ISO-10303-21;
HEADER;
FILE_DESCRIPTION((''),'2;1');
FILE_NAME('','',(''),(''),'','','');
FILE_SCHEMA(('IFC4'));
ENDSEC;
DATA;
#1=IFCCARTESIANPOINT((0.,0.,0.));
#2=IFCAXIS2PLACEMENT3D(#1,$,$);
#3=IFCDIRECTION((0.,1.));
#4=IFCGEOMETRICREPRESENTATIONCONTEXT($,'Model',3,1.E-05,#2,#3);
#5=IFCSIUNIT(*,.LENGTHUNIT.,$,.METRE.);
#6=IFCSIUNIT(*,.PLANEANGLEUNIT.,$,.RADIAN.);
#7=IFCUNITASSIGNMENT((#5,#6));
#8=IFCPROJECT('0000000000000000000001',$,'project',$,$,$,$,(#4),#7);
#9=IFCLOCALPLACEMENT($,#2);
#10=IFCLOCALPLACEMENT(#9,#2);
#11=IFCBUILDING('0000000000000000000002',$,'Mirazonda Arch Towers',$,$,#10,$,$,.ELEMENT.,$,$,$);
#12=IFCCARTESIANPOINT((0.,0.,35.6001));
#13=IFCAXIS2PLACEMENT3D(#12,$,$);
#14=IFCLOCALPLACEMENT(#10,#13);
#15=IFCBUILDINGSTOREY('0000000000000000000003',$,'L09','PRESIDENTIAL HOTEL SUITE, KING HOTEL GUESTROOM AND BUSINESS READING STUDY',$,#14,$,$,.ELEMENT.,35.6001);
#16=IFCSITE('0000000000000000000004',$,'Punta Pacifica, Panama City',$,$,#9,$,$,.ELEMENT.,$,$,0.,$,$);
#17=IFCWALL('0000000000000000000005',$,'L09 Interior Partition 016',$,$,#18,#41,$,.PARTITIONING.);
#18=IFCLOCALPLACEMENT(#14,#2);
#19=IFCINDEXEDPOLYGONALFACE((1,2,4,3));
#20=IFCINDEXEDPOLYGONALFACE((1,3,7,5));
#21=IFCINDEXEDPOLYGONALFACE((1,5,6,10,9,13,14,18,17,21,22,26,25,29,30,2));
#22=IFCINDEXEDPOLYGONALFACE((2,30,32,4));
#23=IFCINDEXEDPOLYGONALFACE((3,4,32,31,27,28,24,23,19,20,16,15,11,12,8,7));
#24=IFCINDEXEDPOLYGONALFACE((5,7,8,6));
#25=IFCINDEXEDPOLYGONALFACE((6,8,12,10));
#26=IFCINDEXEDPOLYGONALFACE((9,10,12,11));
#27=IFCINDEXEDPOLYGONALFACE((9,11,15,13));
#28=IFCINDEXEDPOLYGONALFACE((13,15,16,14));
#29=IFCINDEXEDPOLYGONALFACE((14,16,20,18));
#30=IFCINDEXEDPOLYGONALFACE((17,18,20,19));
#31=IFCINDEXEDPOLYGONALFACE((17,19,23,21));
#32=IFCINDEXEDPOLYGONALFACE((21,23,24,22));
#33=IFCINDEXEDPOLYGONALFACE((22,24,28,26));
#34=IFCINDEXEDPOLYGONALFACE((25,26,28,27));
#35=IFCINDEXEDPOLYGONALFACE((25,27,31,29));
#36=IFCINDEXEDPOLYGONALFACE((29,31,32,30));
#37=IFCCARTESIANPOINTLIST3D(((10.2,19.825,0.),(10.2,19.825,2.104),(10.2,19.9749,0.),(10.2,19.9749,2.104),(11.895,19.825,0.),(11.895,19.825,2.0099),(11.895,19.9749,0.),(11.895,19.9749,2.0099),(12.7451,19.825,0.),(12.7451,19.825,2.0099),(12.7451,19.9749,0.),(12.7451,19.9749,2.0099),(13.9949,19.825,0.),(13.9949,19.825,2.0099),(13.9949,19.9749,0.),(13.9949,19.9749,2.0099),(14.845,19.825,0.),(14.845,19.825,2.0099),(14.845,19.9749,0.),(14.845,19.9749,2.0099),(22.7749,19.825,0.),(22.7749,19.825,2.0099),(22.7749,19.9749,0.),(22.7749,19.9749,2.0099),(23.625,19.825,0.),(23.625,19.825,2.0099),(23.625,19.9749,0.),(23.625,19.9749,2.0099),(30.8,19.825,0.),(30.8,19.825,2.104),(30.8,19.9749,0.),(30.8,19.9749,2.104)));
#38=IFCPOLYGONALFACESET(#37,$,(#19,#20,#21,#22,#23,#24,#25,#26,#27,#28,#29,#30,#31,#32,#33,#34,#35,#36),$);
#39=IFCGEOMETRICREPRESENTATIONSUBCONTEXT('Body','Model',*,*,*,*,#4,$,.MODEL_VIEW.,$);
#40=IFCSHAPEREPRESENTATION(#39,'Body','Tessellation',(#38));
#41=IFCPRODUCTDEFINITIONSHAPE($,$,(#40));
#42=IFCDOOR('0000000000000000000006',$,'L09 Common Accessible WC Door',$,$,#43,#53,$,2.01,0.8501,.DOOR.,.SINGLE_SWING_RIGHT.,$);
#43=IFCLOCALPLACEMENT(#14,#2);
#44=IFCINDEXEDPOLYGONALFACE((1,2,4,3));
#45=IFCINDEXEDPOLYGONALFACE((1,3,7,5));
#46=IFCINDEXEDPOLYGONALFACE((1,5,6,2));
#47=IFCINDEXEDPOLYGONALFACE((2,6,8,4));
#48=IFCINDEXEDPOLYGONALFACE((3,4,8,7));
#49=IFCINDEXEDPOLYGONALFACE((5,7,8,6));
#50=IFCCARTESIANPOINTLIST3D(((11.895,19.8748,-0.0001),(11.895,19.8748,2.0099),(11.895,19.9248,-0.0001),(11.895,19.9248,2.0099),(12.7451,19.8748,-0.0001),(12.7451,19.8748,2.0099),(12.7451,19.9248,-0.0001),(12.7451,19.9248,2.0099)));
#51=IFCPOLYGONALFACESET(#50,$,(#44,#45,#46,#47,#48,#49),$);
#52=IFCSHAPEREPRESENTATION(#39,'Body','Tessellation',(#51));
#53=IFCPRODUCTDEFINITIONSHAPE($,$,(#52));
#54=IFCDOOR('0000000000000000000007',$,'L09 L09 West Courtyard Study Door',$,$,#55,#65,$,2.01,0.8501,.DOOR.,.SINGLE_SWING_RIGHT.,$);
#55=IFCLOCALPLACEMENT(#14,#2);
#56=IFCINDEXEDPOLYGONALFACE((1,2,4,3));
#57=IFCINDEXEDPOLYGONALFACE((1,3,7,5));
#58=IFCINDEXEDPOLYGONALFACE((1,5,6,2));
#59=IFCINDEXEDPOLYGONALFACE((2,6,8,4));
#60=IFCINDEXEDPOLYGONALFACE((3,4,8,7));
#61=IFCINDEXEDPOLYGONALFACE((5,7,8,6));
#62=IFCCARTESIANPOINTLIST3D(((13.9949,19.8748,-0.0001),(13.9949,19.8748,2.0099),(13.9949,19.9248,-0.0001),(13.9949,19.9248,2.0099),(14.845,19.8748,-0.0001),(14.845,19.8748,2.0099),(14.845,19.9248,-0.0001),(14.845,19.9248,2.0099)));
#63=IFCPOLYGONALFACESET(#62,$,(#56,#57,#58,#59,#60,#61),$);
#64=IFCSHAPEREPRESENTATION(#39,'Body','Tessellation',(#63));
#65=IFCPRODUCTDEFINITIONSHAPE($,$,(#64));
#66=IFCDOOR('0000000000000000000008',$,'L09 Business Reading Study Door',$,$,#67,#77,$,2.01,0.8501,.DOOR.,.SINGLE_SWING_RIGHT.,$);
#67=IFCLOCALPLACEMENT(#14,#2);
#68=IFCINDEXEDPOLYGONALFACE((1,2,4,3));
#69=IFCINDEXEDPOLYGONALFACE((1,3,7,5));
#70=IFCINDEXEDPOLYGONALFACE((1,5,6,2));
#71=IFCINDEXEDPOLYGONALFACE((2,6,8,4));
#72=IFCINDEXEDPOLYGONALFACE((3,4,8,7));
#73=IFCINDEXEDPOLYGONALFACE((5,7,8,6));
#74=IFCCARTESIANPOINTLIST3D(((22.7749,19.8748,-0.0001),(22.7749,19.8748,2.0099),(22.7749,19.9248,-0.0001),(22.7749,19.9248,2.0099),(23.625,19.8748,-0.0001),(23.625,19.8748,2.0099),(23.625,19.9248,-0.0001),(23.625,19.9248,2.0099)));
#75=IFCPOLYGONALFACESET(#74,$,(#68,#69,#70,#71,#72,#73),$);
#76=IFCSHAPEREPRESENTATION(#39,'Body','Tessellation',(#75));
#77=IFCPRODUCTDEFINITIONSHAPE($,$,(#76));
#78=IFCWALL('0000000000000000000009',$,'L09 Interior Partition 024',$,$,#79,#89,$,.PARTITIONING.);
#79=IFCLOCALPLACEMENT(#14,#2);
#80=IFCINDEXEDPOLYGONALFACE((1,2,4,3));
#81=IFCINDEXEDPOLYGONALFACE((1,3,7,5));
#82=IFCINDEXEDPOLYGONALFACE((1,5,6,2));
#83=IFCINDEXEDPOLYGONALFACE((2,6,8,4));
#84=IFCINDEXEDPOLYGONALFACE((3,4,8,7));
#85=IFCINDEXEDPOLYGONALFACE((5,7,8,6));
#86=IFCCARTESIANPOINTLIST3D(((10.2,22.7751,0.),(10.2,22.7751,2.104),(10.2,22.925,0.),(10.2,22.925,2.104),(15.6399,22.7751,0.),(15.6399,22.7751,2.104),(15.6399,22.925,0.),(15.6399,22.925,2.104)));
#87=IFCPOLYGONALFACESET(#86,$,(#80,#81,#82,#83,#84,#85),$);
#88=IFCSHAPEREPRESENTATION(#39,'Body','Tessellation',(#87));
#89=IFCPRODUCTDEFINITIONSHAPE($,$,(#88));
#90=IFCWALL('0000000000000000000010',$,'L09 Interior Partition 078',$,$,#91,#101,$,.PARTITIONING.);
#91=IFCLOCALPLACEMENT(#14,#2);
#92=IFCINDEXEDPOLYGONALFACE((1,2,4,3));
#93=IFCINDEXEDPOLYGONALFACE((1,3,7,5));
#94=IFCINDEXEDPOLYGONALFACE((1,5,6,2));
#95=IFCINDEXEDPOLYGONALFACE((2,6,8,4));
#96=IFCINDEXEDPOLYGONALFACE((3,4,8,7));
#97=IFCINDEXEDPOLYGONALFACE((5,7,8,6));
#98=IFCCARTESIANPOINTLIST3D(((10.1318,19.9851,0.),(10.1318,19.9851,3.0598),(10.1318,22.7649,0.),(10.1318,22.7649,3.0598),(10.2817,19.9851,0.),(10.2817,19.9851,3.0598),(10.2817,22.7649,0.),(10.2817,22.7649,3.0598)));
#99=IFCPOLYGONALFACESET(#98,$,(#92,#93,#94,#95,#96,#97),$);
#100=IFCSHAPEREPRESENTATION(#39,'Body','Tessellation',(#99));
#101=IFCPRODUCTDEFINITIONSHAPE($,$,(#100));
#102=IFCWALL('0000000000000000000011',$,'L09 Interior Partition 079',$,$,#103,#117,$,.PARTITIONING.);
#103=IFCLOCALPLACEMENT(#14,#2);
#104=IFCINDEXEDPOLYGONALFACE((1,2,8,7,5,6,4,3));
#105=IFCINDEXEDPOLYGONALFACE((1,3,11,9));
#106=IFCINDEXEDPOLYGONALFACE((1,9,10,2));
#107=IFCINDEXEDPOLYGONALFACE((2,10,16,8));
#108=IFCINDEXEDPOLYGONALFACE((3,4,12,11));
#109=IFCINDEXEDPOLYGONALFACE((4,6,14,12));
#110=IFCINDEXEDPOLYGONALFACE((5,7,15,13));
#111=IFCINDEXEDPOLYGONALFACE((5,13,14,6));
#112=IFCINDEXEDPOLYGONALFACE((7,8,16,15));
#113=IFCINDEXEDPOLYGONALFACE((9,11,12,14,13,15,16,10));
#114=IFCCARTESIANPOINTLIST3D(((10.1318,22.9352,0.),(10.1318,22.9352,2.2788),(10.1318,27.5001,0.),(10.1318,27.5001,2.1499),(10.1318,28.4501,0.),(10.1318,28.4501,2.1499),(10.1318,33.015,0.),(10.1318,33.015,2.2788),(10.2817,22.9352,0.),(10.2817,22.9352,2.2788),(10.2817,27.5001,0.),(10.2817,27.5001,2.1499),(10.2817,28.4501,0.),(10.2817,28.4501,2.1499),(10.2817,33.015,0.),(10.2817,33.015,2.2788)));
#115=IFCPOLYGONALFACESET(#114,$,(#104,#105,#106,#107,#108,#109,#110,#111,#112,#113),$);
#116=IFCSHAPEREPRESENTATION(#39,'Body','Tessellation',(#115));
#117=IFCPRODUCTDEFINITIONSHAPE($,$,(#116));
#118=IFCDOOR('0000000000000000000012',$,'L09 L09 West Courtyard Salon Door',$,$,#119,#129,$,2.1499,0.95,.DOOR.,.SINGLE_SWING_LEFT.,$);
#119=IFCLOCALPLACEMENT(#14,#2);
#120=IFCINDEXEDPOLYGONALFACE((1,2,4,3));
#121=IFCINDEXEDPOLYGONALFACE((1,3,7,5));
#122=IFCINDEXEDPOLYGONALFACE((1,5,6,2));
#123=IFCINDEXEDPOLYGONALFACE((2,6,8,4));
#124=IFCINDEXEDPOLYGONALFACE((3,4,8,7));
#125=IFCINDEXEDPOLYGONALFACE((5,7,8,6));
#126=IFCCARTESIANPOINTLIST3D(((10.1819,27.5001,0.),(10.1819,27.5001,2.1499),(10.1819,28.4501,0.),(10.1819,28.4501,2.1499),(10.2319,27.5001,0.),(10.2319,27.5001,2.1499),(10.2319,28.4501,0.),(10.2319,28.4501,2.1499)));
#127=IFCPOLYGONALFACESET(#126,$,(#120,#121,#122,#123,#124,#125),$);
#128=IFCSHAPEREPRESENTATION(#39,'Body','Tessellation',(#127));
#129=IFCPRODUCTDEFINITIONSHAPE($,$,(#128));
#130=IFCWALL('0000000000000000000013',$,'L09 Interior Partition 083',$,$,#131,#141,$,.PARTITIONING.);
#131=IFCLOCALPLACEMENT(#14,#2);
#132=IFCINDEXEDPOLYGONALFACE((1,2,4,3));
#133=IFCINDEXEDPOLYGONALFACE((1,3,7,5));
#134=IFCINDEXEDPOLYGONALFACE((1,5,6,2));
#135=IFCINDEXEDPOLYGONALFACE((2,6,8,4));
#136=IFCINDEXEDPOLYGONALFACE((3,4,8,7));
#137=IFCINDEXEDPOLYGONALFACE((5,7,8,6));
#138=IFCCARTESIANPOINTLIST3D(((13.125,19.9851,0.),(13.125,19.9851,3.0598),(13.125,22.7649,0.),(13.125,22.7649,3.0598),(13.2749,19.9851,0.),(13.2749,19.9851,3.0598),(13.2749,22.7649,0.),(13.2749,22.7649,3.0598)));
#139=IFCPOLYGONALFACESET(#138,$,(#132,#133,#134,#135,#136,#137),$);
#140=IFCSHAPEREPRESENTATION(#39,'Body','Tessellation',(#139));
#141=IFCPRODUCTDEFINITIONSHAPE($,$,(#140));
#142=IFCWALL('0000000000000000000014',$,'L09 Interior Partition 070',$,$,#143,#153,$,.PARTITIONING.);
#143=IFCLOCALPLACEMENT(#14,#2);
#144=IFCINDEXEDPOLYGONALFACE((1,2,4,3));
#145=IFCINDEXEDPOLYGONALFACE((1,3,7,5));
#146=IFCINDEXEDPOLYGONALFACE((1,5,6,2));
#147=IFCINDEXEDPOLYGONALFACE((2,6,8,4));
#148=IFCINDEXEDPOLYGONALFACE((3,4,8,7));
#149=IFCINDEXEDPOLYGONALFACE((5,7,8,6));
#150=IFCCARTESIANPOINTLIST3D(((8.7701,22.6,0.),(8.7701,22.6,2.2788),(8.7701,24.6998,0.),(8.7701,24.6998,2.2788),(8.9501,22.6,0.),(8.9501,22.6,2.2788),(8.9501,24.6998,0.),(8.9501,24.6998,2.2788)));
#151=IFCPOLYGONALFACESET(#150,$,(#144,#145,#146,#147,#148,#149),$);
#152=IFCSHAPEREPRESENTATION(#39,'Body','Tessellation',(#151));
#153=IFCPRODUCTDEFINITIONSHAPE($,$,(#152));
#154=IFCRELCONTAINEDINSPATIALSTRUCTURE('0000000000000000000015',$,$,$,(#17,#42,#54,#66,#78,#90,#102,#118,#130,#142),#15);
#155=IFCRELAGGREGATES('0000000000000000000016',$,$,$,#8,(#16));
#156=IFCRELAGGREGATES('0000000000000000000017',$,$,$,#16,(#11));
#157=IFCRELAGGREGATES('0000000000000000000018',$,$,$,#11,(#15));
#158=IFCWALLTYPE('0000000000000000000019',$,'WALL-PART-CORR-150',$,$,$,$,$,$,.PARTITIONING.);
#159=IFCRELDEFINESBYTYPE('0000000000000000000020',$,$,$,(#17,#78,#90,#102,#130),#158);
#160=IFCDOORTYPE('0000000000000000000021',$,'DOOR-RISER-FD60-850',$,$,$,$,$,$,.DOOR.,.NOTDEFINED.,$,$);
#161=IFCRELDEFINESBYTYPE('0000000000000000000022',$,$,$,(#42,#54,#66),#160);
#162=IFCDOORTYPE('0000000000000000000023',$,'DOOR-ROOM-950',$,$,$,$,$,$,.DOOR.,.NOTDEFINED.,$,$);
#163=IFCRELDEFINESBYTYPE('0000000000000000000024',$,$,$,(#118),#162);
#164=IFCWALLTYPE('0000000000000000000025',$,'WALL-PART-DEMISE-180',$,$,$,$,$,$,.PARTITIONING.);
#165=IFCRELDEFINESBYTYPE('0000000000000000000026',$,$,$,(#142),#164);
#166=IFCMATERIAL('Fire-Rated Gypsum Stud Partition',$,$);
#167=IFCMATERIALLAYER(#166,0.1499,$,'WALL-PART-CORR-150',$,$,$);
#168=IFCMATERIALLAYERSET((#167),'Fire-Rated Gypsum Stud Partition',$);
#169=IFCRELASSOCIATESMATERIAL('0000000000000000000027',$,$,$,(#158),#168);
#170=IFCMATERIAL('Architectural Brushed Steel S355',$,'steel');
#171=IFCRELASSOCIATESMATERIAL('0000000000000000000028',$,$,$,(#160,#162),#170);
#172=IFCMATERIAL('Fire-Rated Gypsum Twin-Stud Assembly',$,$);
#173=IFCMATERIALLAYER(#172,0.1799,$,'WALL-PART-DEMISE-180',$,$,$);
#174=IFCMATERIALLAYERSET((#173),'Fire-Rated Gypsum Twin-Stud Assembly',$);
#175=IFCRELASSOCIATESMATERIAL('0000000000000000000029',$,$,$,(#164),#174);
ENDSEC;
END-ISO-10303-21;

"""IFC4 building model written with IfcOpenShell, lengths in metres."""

from ifc_helpers import new_model, si_unit, direction, frame, frame_2d, origin, place, context, subcontext, project, spatial, rectangle, extrude, material, layer, layer_set, type_object, element, fill, save


model = new_model("IFC4")

# Units and contexts
model_context = context("Model", 3, precision=1e-05, world=origin(), true_north=direction((0.0, 1.0)))
body_context = subcontext(model_context, "Body", "Model", "MODEL_VIEW")
ifc_project = project(units=[si_unit("LENGTHUNIT", "METRE"), si_unit("PLANEANGLEUNIT", "RADIAN")], contexts=[model_context])

# Site, building, storey
site_placement = place(None, origin())
site = spatial("IfcSite", under=ifc_project, at=site_placement, Name="Punta Pacifica, Panama City", CompositionType="ELEMENT", RefElevation=0.0)
building_placement = place(site_placement, origin())
building = spatial("IfcBuilding", under=site, at=building_placement, Name="Mirazonda Arch Towers", CompositionType="ELEMENT")
storey_placement = place(building_placement, frame((0.0, 0.0, 35.6001)))
storey = spatial("IfcBuildingStorey", under=building, at=storey_placement, Name="L09", Description="PRESIDENTIAL HOTEL SUITE, KING HOTEL GUESTROOM AND BUSINESS READING STUDY", CompositionType="ELEMENT", Elevation=35.6001)

# Shared definitions
ifc_material_1 = material(Name="Architectural Brushed Steel S355", Category="steel")

# Shared definitions
ifc_material_2 = material(Name="Fire-Rated Gypsum Stud Partition")
ifc_layer_1 = layer(ifc_material_2, 0.1499, Name="WALL-PART-CORR-150")
ifc_layer_set_1 = layer_set([ifc_layer_1], Name="Fire-Rated Gypsum Stud Partition")
wall_type_1 = type_object("IfcWallType", Name="WALL-PART-CORR-150", PredefinedType="PARTITIONING", material=ifc_layer_set_1)

# Wall, openings, doors
wall_1_placement = place(storey_placement, frame((10.2, 19.8999, 0.0), z_axis=(0.0, 0.0, 1.0), x_axis=(1.0, 0.0, 0.0)))
wall_1 = element("IfcWall", 1, at=wall_1_placement, inside=storey, type_object=wall_type_1, Name="L09 Interior Partition 016", PredefinedType="PARTITIONING", context=body_context, shape_type="SweptSolid", body=[
    extrude(rectangle(XDim=20.6001, YDim=0.1499, at=frame_2d((10.3, 0.0))), origin(), (0.0, 0.0, 1.0), 2.104),
])
opening_1_placement = place(wall_1_placement, frame((1.6951, 0.0, 0.0)))
opening_1 = element("IfcOpeningElement", 2, at=opening_1_placement, cuts=wall_1, PredefinedType="OPENING", context=body_context, shape_type="SweptSolid", body=[
    extrude(rectangle(XDim=0.8501, YDim=2.01, at=frame_2d((0.425, 1.0049))), frame((0.0, 0.085, 0.0), z_axis=(0.0, -1.0, 0.0), x_axis=(1.0, 0.0, 0.0)), (0.0, 0.0, 1.0), 0.1699),
])
opening_2_placement = place(wall_1_placement, frame((3.7949, 0.0, 0.0)))
opening_2 = element("IfcOpeningElement", 3, at=opening_2_placement, cuts=wall_1, PredefinedType="OPENING", context=body_context, shape_type="SweptSolid", body=[
    extrude(rectangle(XDim=0.8501, YDim=2.01, at=frame_2d((0.425, 1.0049))), frame((0.0, 0.085, 0.0), z_axis=(0.0, -1.0, 0.0), x_axis=(1.0, 0.0, 0.0)), (0.0, 0.0, 1.0), 0.1699),
])
opening_3_placement = place(wall_1_placement, frame((12.575, 0.0, 0.0)))
opening_3 = element("IfcOpeningElement", 4, at=opening_3_placement, cuts=wall_1, PredefinedType="OPENING", context=body_context, shape_type="SweptSolid", body=[
    extrude(rectangle(XDim=0.8501, YDim=2.01, at=frame_2d((0.425, 1.0049))), frame((0.0, 0.085, 0.0), z_axis=(0.0, -1.0, 0.0), x_axis=(1.0, 0.0, 0.0)), (0.0, 0.0, 1.0), 0.1699),
])
door_type_1 = type_object("IfcDoorType", Name="DOOR-RISER-FD60-850", OperationType="NOTDEFINED", PredefinedType="DOOR", material=ifc_material_1)
door_1_placement = place(opening_1_placement, origin())
door_1 = element("IfcDoor", 5, at=door_1_placement, inside=storey, type_object=door_type_1, Name="L09 Common Accessible WC Door", OperationType="SINGLE_SWING_RIGHT", OverallHeight=2.01, OverallWidth=0.8501, PredefinedType="DOOR", context=body_context, shape_type="SweptSolid", body=[
    extrude(rectangle(XDim=0.8501, YDim=2.01, at=frame_2d((0.425, 1.0049))), frame((0.0, 0.0249, 0.0), z_axis=(0.0, -1.0, 0.0), x_axis=(1.0, 0.0, 0.0)), (0.0, 0.0, 1.0), 0.05),
])
fill(opening_1, door_1)
door_2_placement = place(opening_2_placement, origin())
door_2 = element("IfcDoor", 6, at=door_2_placement, inside=storey, type_object=door_type_1, Name="L09 L09 West Courtyard Study Door", OperationType="SINGLE_SWING_RIGHT", OverallHeight=2.01, OverallWidth=0.8501, PredefinedType="DOOR", context=body_context, shape_type="SweptSolid", body=[
    extrude(rectangle(XDim=0.8501, YDim=2.01, at=frame_2d((0.425, 1.0049))), frame((0.0, 0.0249, 0.0), z_axis=(0.0, -1.0, 0.0), x_axis=(1.0, 0.0, 0.0)), (0.0, 0.0, 1.0), 0.05),
])
fill(opening_2, door_2)
door_3_placement = place(opening_3_placement, origin())
door_3 = element("IfcDoor", 7, at=door_3_placement, inside=storey, type_object=door_type_1, Name="L09 Business Reading Study Door", OperationType="SINGLE_SWING_RIGHT", OverallHeight=2.01, OverallWidth=0.8501, PredefinedType="DOOR", context=body_context, shape_type="SweptSolid", body=[
    extrude(rectangle(XDim=0.8501, YDim=2.01, at=frame_2d((0.425, 1.0049))), frame((0.0, 0.0249, 0.0), z_axis=(0.0, -1.0, 0.0), x_axis=(1.0, 0.0, 0.0)), (0.0, 0.0, 1.0), 0.05),
])
fill(opening_3, door_3)

# Walls
wall_2_placement = place(storey_placement, frame((10.2, 22.8501, 0.0), z_axis=(0.0, 0.0, 1.0), x_axis=(1.0, 0.0, 0.0)))
element("IfcWall", 8, at=wall_2_placement, inside=storey, type_object=wall_type_1, Name="L09 Interior Partition 024", PredefinedType="PARTITIONING", context=body_context, shape_type="SweptSolid", body=[
    extrude(rectangle(XDim=5.4399, YDim=0.1499, at=frame_2d((2.72, 0.0))), origin(), (0.0, 0.0, 1.0), 2.104),
])
wall_3_placement = place(storey_placement, frame((10.2068, 19.9851, 0.0), z_axis=(0.0, 0.0, 1.0), x_axis=(0.0, 1.0, 0.0)))
element("IfcWall", 9, at=wall_3_placement, inside=storey, type_object=wall_type_1, Name="L09 Interior Partition 078", PredefinedType="PARTITIONING", context=body_context, shape_type="SweptSolid", body=[
    extrude(rectangle(XDim=2.7798, YDim=0.1499, at=frame_2d((1.3899, 0.0))), origin(), (0.0, 0.0, 1.0), 3.0598),
])

# Wall, opening, door
wall_4_placement = place(storey_placement, frame((10.2068, 22.9351, 0.0), z_axis=(0.0, 0.0, 1.0), x_axis=(0.0, 1.0, 0.0)))
wall_4 = element("IfcWall", 10, at=wall_4_placement, inside=storey, type_object=wall_type_1, Name="L09 Interior Partition 079", PredefinedType="PARTITIONING", context=body_context, shape_type="SweptSolid", body=[
    extrude(rectangle(XDim=10.0798, YDim=0.1499, at=frame_2d((5.04, 0.0))), origin(), (0.0, 0.0, 1.0), 2.2788),
])
opening_4_placement = place(wall_4_placement, frame((4.5649, 0.0, 0.0)))
opening_4 = element("IfcOpeningElement", 11, at=opening_4_placement, cuts=wall_4, PredefinedType="OPENING", context=body_context, shape_type="SweptSolid", body=[
    extrude(rectangle(XDim=0.95, YDim=2.1499, at=frame_2d((0.4751, 1.075))), frame((0.0, 0.085, 0.0), z_axis=(0.0, -1.0, 0.0), x_axis=(1.0, 0.0, 0.0)), (0.0, 0.0, 1.0), 0.1699),
])
door_type_2 = type_object("IfcDoorType", Name="DOOR-ROOM-950", OperationType="NOTDEFINED", PredefinedType="DOOR", material=ifc_material_1)
door_4_placement = place(opening_4_placement, origin())
door_4 = element("IfcDoor", 12, at=door_4_placement, inside=storey, type_object=door_type_2, Name="L09 L09 West Courtyard Salon Door", OperationType="SINGLE_SWING_LEFT", OverallHeight=2.1499, OverallWidth=0.95, PredefinedType="DOOR", context=body_context, shape_type="SweptSolid", body=[
    extrude(rectangle(XDim=0.95, YDim=2.1499, at=frame_2d((0.4751, 1.075))), frame((0.0, 0.0249, 0.0), z_axis=(0.0, -1.0, 0.0), x_axis=(1.0, 0.0, 0.0)), (0.0, 0.0, 1.0), 0.05),
])
fill(opening_4, door_4)

# Walls
wall_5_placement = place(storey_placement, frame((13.2, 19.9851, 0.0), z_axis=(0.0, 0.0, 1.0), x_axis=(0.0, 1.0, 0.0)))
element("IfcWall", 13, at=wall_5_placement, inside=storey, type_object=wall_type_1, Name="L09 Interior Partition 083", PredefinedType="PARTITIONING", context=body_context, shape_type="SweptSolid", body=[
    extrude(rectangle(XDim=2.7798, YDim=0.1499, at=frame_2d((1.3899, 0.0))), origin(), (0.0, 0.0, 1.0), 3.0598),
])
ifc_material_3 = material(Name="Fire-Rated Gypsum Twin-Stud Assembly")
ifc_layer_2 = layer(ifc_material_3, 0.1799, Name="WALL-PART-DEMISE-180")
ifc_layer_set_2 = layer_set([ifc_layer_2], Name="Fire-Rated Gypsum Twin-Stud Assembly")
wall_type_2 = type_object("IfcWallType", Name="WALL-PART-DEMISE-180", PredefinedType="PARTITIONING", material=ifc_layer_set_2)
wall_6_placement = place(storey_placement, frame((8.8601, 22.6001, 0.0), z_axis=(0.0, 0.0, 1.0), x_axis=(0.0, 1.0, 0.0)))
element("IfcWall", 14, at=wall_6_placement, inside=storey, type_object=wall_type_2, Name="L09 Interior Partition 070", PredefinedType="PARTITIONING", context=body_context, shape_type="SweptSolid", body=[
    extrude(rectangle(XDim=2.0999, YDim=0.1799, at=frame_2d((1.0498, 0.0))), origin(), (0.0, 0.0, 1.0), 2.2788),
])

save(model, "model.ifc")
